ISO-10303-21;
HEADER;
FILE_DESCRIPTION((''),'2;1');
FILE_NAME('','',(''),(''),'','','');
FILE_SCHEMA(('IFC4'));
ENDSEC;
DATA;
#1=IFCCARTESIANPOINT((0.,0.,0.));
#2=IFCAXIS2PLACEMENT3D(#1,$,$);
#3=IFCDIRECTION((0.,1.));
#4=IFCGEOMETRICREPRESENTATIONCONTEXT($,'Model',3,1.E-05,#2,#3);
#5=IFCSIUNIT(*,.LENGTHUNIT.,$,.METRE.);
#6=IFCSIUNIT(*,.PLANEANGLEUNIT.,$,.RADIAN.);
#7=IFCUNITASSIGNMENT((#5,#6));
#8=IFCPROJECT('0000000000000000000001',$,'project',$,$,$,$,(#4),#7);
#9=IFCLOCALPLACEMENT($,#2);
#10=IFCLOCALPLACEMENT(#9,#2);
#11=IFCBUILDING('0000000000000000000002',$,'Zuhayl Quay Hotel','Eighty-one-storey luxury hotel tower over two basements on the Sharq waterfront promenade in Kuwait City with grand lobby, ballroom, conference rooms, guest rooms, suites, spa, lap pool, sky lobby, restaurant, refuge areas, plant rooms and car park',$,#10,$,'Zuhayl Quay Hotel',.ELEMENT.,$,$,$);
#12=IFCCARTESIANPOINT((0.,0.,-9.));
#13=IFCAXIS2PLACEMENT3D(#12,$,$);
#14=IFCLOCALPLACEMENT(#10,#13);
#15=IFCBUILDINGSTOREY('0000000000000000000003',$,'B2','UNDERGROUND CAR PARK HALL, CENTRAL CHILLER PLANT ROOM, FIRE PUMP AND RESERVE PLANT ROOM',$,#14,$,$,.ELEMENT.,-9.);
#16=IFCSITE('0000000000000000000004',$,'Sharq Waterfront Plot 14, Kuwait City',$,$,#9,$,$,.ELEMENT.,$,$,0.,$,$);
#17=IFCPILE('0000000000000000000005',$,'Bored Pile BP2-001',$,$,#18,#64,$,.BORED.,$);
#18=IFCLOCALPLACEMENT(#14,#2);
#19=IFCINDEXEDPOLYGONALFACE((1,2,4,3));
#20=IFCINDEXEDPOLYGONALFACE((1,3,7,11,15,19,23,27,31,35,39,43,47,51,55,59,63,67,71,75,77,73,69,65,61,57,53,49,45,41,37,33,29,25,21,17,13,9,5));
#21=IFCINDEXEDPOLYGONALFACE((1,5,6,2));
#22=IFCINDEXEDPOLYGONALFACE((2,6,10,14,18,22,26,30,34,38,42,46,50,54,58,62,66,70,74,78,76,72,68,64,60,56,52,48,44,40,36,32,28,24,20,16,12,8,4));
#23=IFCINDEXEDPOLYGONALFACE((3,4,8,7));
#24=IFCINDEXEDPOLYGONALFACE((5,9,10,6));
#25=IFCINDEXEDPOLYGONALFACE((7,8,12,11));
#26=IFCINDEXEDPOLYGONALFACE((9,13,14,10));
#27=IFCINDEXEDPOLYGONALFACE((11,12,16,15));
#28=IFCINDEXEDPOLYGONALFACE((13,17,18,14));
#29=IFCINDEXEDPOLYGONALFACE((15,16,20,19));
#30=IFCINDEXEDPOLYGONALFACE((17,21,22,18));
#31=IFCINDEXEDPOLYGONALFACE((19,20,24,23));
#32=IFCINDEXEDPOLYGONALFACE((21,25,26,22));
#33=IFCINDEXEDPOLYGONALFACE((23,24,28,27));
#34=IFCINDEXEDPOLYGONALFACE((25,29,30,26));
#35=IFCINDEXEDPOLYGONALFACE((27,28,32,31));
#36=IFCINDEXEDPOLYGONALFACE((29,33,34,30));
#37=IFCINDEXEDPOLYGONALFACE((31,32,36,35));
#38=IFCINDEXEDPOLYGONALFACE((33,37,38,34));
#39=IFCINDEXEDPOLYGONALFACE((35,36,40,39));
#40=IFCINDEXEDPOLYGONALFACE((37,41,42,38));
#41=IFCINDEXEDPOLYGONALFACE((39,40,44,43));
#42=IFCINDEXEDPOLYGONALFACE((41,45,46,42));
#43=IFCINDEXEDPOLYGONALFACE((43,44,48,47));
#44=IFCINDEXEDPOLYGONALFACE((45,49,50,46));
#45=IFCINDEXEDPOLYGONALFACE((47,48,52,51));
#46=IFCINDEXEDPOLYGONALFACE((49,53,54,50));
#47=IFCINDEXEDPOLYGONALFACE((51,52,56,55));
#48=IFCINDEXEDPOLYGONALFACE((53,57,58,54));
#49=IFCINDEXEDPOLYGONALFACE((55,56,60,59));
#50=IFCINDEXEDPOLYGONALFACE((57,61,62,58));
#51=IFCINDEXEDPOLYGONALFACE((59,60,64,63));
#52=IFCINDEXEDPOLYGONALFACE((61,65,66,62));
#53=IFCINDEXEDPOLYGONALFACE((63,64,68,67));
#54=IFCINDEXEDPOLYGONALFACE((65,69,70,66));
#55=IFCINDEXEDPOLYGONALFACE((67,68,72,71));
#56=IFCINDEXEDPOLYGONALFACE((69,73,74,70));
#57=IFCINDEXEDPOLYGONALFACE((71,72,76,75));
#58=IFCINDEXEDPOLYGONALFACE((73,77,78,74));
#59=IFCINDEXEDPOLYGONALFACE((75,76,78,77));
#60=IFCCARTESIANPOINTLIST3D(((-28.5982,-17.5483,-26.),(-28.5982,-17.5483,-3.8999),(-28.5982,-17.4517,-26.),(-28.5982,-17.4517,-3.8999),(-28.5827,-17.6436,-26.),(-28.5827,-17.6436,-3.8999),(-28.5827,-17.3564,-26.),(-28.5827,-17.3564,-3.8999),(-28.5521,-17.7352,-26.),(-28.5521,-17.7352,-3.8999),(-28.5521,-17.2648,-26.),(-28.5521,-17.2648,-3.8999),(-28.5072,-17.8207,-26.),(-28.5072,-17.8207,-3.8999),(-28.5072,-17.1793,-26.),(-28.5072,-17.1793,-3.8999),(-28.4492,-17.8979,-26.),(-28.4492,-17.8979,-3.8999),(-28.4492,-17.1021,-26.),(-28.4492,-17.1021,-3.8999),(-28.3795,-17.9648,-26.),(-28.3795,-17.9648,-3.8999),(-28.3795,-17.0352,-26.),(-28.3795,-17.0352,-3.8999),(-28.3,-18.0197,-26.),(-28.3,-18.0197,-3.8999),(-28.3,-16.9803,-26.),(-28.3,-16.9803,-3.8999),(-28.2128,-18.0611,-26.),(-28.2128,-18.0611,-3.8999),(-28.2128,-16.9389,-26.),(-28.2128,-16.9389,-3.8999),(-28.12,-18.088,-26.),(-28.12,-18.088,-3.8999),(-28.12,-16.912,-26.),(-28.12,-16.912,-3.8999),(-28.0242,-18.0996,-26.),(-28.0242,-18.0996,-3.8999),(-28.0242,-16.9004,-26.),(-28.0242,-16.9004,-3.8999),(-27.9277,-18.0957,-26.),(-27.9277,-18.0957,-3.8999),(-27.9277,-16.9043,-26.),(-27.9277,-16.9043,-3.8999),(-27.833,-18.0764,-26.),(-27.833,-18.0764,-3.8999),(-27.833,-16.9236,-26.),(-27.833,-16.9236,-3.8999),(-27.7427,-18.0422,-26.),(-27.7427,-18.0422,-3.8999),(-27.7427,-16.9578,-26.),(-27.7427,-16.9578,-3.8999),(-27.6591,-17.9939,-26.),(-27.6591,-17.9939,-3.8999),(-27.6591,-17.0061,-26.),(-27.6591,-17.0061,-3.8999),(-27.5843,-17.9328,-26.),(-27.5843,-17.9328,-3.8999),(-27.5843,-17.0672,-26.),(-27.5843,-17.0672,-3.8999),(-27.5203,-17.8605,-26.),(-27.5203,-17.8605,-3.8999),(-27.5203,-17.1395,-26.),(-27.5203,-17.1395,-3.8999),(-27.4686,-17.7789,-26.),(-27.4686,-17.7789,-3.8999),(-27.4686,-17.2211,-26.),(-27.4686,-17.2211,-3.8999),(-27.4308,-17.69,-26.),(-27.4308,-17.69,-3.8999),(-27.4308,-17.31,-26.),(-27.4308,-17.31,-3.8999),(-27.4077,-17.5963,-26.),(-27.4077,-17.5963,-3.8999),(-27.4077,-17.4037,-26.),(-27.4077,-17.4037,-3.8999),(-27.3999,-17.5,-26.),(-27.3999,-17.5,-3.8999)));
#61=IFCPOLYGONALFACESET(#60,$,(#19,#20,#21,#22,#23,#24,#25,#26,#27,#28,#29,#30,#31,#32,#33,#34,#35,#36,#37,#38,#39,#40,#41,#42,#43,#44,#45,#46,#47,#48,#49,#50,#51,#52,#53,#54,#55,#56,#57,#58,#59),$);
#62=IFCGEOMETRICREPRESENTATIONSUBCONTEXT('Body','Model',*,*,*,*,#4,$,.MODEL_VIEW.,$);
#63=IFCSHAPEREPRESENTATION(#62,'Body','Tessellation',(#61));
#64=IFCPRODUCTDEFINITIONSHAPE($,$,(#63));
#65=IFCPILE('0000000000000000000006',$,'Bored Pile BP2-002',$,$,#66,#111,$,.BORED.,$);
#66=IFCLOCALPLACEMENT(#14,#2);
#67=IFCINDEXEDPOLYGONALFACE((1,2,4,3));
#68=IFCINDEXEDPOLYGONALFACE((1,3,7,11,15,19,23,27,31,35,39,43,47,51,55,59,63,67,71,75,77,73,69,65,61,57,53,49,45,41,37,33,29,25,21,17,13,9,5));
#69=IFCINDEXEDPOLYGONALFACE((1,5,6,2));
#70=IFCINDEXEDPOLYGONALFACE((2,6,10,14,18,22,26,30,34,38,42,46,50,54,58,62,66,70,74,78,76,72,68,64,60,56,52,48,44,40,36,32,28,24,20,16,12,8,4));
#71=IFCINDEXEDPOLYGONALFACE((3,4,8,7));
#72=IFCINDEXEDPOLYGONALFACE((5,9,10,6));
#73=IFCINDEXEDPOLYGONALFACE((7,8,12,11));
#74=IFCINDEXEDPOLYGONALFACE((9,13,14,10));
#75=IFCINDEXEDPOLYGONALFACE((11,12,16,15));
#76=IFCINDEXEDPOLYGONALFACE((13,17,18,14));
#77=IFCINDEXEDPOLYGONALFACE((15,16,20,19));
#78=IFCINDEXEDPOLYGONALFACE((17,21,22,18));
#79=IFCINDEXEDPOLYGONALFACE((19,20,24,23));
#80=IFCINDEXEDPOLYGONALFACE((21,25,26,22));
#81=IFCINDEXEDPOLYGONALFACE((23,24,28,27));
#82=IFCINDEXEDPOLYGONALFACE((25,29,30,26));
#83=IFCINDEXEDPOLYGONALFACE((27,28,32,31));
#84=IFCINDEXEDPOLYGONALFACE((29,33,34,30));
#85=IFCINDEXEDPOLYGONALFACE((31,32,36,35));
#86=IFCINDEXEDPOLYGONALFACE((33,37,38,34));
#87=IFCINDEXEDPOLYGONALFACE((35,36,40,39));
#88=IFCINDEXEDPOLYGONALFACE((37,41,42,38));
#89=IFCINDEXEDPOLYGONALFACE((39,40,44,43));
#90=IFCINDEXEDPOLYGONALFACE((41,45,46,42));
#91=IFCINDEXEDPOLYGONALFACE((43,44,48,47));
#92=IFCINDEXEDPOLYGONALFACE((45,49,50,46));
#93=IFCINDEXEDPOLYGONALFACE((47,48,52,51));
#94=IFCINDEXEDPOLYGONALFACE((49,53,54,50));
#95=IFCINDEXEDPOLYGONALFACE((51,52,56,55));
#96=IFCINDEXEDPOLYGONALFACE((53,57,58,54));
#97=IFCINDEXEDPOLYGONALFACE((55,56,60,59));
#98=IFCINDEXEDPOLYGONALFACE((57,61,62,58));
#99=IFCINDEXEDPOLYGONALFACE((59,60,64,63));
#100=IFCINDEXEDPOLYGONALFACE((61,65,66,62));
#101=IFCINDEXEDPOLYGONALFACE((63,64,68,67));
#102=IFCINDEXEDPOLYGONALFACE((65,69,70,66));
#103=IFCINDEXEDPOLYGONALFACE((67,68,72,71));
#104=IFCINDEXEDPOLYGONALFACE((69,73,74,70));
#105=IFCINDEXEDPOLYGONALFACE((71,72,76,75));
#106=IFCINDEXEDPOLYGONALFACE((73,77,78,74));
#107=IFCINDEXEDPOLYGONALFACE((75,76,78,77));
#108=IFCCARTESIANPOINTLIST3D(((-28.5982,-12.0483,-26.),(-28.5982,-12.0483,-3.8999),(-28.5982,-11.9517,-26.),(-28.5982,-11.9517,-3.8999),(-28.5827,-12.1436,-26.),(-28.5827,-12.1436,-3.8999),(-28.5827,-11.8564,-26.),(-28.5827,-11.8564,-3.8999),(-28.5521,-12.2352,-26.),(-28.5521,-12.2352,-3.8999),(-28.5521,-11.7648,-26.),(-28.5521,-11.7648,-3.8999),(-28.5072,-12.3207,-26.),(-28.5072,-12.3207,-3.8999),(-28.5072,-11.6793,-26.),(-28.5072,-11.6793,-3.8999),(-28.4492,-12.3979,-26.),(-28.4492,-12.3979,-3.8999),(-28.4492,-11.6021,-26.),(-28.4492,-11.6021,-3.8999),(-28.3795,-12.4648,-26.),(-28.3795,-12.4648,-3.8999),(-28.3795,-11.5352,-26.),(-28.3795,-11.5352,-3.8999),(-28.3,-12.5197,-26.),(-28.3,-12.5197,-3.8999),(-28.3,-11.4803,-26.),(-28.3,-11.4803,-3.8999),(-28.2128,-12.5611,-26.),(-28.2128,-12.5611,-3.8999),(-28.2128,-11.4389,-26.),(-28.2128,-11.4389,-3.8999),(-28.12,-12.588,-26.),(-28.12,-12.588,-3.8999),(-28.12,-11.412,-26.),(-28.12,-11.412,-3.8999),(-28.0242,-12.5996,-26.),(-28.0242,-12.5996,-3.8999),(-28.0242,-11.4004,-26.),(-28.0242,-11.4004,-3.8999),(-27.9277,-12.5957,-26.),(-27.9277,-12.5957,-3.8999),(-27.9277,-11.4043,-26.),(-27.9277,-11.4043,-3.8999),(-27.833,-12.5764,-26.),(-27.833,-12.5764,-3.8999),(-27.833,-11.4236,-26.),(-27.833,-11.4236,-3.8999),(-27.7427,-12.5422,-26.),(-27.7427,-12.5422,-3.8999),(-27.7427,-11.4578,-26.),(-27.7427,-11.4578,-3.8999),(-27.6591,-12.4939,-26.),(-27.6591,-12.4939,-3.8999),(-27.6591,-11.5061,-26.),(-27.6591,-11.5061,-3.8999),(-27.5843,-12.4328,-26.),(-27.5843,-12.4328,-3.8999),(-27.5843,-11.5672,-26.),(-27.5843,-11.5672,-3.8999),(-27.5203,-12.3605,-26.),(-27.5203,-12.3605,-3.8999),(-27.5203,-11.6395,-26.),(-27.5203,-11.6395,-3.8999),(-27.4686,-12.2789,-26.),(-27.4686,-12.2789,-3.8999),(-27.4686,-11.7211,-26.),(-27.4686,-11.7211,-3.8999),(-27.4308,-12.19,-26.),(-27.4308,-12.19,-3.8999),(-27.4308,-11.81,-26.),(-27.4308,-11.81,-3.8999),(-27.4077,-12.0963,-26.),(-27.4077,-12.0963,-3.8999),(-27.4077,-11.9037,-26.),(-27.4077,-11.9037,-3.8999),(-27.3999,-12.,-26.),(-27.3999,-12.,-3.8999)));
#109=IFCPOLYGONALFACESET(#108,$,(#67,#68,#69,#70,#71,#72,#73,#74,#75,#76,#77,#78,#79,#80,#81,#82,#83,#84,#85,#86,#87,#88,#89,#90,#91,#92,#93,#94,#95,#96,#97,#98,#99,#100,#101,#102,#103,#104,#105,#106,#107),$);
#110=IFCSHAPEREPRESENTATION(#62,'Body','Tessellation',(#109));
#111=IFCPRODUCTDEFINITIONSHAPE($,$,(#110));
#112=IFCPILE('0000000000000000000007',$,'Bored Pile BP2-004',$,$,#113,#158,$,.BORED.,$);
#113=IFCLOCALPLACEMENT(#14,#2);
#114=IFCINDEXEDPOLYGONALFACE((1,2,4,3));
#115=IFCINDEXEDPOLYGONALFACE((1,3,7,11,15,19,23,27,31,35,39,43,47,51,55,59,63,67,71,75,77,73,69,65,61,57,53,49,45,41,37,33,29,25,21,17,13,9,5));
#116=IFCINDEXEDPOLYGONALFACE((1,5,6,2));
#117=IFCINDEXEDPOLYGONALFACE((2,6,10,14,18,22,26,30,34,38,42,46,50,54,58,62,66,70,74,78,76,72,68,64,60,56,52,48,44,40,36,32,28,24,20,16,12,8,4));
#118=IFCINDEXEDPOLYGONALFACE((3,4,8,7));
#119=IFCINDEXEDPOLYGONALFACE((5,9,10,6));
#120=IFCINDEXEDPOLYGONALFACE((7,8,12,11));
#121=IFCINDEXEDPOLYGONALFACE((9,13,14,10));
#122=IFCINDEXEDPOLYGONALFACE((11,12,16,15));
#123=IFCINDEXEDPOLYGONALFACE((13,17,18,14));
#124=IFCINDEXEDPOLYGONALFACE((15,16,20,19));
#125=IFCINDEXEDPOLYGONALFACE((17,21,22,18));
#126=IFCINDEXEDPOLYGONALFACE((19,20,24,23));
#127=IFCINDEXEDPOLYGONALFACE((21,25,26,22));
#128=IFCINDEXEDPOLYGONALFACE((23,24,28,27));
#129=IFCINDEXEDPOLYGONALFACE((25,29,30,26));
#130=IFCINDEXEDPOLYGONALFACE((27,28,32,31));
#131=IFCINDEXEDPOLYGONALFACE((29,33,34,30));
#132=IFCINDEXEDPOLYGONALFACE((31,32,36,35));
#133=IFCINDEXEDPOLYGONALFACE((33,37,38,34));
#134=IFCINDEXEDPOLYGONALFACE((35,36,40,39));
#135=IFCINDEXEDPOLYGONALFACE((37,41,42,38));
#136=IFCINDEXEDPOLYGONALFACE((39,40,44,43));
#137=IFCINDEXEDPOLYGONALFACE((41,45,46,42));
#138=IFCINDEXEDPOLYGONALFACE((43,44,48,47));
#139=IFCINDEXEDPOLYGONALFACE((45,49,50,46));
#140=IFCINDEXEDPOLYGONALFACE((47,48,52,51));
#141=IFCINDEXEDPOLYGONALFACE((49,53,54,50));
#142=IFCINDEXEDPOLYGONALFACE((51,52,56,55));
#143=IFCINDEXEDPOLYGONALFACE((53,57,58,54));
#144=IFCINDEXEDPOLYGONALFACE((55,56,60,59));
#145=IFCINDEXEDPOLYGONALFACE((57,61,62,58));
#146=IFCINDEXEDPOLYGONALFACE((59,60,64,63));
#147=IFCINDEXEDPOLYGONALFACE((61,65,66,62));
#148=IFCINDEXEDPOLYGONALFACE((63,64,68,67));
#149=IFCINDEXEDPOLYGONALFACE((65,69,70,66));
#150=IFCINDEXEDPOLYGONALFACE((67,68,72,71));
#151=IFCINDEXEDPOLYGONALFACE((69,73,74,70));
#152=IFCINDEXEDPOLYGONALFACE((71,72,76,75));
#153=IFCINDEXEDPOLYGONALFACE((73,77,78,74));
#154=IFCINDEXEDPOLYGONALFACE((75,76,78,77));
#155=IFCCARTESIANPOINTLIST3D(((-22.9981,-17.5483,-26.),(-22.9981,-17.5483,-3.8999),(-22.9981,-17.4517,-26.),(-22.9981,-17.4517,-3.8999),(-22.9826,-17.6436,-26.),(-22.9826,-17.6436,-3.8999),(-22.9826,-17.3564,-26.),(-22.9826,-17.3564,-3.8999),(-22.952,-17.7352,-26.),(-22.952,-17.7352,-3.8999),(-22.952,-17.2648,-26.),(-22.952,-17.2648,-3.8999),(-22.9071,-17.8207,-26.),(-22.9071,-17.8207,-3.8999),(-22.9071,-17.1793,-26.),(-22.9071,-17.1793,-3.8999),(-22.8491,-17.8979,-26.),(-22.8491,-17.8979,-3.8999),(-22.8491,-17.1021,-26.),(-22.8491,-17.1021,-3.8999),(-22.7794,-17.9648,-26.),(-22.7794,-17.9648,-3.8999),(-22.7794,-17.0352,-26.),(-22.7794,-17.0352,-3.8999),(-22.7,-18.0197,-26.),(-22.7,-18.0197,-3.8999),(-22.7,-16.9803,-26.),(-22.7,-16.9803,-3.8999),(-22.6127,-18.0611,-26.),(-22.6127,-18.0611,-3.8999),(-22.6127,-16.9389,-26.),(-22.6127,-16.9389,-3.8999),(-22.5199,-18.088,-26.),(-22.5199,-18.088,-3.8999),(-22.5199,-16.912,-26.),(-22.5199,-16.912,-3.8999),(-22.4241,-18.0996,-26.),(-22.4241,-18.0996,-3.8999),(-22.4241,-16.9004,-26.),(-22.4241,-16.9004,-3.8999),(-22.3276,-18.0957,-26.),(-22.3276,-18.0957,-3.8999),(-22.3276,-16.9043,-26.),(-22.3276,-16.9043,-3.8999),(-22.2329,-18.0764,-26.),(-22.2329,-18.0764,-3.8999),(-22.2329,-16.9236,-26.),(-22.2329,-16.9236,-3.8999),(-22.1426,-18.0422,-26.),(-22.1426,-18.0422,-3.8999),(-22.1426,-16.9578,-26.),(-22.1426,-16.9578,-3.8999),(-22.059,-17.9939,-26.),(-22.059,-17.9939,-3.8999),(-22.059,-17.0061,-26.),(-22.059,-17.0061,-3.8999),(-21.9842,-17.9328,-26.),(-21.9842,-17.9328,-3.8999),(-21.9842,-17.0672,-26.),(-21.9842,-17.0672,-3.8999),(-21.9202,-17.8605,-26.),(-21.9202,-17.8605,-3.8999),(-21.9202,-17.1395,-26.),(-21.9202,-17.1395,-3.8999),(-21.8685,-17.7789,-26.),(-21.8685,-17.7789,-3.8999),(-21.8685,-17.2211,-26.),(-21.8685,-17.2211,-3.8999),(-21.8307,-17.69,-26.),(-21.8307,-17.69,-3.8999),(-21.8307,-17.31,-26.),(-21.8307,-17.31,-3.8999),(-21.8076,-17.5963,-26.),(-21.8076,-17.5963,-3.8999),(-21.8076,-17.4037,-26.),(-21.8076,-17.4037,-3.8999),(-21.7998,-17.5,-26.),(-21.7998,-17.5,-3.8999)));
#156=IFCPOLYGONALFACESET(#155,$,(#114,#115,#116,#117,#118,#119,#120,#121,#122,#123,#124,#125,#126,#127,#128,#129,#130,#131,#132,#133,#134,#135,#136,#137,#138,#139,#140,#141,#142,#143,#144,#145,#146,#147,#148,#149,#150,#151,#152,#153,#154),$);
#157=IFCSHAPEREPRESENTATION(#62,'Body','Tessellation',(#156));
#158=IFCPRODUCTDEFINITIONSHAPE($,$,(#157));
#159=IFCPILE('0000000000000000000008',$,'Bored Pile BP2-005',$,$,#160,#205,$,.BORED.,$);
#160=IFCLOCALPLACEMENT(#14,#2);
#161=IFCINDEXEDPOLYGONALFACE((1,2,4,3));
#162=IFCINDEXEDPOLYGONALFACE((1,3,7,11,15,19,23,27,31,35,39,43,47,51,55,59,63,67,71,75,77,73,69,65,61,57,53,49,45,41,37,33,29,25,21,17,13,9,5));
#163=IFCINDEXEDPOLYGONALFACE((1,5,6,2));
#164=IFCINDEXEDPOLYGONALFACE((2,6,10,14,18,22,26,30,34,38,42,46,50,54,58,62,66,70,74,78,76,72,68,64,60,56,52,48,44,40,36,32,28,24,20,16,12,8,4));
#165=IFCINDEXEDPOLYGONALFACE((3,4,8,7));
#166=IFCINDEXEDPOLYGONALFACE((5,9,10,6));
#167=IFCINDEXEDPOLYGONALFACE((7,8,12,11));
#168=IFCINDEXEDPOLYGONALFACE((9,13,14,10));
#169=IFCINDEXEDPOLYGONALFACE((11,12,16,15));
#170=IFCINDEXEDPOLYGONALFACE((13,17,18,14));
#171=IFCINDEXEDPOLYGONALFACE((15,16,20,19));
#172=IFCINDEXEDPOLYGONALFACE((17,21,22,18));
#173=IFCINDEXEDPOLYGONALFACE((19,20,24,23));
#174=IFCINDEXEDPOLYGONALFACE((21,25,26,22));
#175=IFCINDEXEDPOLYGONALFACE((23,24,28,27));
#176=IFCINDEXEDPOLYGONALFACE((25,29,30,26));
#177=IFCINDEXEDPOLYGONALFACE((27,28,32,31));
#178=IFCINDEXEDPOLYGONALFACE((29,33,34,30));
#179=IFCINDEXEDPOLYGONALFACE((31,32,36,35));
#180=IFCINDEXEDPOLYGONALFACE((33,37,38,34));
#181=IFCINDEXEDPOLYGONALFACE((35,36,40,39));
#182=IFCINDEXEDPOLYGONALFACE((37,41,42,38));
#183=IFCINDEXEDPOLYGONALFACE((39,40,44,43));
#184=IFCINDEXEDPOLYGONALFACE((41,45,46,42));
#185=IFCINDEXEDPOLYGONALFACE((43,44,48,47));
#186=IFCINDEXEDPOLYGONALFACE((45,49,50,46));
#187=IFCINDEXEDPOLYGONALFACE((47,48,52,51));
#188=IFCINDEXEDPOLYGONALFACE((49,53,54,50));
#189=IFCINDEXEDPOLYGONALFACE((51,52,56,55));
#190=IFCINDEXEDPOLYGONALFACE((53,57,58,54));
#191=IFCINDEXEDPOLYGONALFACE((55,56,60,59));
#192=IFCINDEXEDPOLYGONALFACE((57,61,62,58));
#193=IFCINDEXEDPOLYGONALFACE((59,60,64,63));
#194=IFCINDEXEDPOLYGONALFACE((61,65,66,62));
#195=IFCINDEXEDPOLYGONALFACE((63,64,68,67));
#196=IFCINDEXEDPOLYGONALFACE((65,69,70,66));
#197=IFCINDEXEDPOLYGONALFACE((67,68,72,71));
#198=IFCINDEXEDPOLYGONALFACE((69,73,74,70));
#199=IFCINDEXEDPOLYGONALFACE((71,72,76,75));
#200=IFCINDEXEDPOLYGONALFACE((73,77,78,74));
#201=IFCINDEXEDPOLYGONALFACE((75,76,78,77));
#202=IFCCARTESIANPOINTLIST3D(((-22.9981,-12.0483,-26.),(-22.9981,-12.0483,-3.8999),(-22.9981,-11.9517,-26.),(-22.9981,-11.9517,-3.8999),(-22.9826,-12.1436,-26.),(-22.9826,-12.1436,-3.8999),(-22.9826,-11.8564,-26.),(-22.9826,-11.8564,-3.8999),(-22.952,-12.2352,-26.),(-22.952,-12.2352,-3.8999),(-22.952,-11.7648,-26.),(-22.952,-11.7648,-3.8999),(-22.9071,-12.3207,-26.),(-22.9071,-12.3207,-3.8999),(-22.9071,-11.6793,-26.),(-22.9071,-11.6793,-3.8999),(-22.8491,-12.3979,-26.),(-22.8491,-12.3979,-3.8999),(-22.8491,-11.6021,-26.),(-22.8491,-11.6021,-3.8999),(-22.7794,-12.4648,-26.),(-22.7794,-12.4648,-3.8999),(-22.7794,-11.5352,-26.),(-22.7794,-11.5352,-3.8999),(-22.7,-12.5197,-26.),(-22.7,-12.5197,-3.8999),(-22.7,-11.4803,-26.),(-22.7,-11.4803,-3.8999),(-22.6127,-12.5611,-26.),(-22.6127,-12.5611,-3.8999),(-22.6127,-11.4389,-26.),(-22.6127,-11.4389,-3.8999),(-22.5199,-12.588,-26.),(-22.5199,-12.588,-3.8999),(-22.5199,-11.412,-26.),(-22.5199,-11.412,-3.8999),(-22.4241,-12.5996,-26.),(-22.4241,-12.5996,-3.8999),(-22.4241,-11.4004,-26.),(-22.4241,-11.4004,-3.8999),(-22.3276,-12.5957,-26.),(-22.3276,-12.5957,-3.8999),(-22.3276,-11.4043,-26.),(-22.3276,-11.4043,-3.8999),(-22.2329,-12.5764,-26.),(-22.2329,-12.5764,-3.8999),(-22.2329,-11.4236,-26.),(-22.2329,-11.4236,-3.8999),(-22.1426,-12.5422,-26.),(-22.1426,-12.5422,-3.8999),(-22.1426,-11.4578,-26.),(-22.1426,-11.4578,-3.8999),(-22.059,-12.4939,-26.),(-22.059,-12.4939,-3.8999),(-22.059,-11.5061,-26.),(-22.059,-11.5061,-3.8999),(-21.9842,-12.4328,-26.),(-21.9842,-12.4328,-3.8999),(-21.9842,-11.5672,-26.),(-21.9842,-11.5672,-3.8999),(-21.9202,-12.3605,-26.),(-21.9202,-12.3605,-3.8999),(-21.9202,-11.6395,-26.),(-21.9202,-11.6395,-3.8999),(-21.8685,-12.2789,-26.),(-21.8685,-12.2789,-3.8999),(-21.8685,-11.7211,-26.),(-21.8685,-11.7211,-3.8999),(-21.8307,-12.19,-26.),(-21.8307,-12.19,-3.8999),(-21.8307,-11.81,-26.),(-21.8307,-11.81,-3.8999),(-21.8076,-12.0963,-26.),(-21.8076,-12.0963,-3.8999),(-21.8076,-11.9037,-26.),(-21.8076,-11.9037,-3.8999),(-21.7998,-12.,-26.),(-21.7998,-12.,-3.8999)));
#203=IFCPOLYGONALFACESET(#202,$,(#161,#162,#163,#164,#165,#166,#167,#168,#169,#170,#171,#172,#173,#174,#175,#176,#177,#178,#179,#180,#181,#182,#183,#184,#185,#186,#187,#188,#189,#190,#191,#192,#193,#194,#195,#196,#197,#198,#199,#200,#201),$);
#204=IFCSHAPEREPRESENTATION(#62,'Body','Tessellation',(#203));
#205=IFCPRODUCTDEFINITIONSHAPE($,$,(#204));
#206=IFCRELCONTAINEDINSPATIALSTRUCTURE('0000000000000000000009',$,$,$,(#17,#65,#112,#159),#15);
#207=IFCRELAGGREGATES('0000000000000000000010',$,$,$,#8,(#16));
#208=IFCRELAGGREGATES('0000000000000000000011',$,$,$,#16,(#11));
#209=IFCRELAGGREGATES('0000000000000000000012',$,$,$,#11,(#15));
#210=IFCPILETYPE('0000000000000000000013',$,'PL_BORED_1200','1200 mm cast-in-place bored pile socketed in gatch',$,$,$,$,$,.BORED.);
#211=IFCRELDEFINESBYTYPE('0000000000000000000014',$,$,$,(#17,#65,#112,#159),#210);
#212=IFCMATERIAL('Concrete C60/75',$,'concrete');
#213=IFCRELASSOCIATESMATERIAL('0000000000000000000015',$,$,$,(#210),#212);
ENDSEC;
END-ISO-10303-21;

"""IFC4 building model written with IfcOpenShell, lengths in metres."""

from ifc_helpers import new_model, si_unit, direction, frame, origin, origin_2d, place, context, subcontext, project, spatial, circle, extrude, material, material_profile, profile_set, type_object, element, save


model = new_model("IFC4")

# Units and contexts
model_context = context("Model", 3, precision=1e-05, world=origin(), true_north=direction((0.0, 1.0)))
body_context = subcontext(model_context, "Body", "Model", "MODEL_VIEW")
ifc_project = project(units=[si_unit("LENGTHUNIT", "METRE"), si_unit("PLANEANGLEUNIT", "RADIAN")], contexts=[model_context])

# Site, building, storey
site_placement = place(None, origin())
site = spatial("IfcSite", under=ifc_project, at=site_placement, Name="Sharq Waterfront Plot 14, Kuwait City", CompositionType="ELEMENT", RefElevation=0.0)
building_placement = place(site_placement, origin())
building = spatial("IfcBuilding", under=site, at=building_placement, Name="Zuhayl Quay Hotel", Description="Eighty-one-storey luxury hotel tower over two basements on the Sharq waterfront promenade in Kuwait City with grand lobby, ballroom, conference rooms, guest rooms, suites, spa, lap pool, sky lobby, restaurant, refuge areas, plant rooms and car park", LongName="Zuhayl Quay Hotel", CompositionType="ELEMENT")
storey_placement = place(building_placement, frame((0.0, 0.0, -9.0)))
storey = spatial("IfcBuildingStorey", under=building, at=storey_placement, Name="B2", Description="UNDERGROUND CAR PARK HALL, CENTRAL CHILLER PLANT ROOM, FIRE PUMP AND RESERVE PLANT ROOM", CompositionType="ELEMENT", Elevation=-9.0)

# Piles
ifc_material_1 = material(Name="Concrete C60/75", Category="concrete")
ifc_material_profile_1 = material_profile(ifc_material_1, circle(Radius=0.6001, at=origin_2d()), Name="PILE1200")
ifc_profile_set_1 = profile_set([ifc_material_profile_1], Name="Concrete C60/75")
pile_type = type_object("IfcPileType", Name="PL_BORED_1200", Description="1200 mm cast-in-place bored pile socketed in gatch", PredefinedType="BORED", material=ifc_profile_set_1)
for number, where, z_axis, x_axis, name in (
    (1, (-28.0, -17.5, -3.8999), (0.0, 0.0, -1.0), (1.0, 0.0, 0.0), "Bored Pile BP2-001"),
    (2, (-28.0, -12.0, -3.8999), (0.0, 0.0, -1.0), (1.0, 0.0, 0.0), "Bored Pile BP2-002"),
    (3, (-22.3999, -17.5, -3.8999), (0.0, 0.0, -1.0), (1.0, 0.0, 0.0), "Bored Pile BP2-004"),
    (4, (-22.3999, -12.0, -3.8999), (0.0, 0.0, -1.0), (1.0, 0.0, 0.0), "Bored Pile BP2-005"),
):
    element("IfcPile", number, at=place(storey_placement, frame(where, z_axis=z_axis, x_axis=x_axis)), inside=storey, type_object=pile_type, Name=name, PredefinedType="BORED", context=body_context, shape_type="SweptSolid", body=[
        extrude(circle(Radius=0.6001, at=origin_2d()), origin(), (0.0, 0.0, 1.0), 22.1001),
    ])

save(model, "model.ifc")
